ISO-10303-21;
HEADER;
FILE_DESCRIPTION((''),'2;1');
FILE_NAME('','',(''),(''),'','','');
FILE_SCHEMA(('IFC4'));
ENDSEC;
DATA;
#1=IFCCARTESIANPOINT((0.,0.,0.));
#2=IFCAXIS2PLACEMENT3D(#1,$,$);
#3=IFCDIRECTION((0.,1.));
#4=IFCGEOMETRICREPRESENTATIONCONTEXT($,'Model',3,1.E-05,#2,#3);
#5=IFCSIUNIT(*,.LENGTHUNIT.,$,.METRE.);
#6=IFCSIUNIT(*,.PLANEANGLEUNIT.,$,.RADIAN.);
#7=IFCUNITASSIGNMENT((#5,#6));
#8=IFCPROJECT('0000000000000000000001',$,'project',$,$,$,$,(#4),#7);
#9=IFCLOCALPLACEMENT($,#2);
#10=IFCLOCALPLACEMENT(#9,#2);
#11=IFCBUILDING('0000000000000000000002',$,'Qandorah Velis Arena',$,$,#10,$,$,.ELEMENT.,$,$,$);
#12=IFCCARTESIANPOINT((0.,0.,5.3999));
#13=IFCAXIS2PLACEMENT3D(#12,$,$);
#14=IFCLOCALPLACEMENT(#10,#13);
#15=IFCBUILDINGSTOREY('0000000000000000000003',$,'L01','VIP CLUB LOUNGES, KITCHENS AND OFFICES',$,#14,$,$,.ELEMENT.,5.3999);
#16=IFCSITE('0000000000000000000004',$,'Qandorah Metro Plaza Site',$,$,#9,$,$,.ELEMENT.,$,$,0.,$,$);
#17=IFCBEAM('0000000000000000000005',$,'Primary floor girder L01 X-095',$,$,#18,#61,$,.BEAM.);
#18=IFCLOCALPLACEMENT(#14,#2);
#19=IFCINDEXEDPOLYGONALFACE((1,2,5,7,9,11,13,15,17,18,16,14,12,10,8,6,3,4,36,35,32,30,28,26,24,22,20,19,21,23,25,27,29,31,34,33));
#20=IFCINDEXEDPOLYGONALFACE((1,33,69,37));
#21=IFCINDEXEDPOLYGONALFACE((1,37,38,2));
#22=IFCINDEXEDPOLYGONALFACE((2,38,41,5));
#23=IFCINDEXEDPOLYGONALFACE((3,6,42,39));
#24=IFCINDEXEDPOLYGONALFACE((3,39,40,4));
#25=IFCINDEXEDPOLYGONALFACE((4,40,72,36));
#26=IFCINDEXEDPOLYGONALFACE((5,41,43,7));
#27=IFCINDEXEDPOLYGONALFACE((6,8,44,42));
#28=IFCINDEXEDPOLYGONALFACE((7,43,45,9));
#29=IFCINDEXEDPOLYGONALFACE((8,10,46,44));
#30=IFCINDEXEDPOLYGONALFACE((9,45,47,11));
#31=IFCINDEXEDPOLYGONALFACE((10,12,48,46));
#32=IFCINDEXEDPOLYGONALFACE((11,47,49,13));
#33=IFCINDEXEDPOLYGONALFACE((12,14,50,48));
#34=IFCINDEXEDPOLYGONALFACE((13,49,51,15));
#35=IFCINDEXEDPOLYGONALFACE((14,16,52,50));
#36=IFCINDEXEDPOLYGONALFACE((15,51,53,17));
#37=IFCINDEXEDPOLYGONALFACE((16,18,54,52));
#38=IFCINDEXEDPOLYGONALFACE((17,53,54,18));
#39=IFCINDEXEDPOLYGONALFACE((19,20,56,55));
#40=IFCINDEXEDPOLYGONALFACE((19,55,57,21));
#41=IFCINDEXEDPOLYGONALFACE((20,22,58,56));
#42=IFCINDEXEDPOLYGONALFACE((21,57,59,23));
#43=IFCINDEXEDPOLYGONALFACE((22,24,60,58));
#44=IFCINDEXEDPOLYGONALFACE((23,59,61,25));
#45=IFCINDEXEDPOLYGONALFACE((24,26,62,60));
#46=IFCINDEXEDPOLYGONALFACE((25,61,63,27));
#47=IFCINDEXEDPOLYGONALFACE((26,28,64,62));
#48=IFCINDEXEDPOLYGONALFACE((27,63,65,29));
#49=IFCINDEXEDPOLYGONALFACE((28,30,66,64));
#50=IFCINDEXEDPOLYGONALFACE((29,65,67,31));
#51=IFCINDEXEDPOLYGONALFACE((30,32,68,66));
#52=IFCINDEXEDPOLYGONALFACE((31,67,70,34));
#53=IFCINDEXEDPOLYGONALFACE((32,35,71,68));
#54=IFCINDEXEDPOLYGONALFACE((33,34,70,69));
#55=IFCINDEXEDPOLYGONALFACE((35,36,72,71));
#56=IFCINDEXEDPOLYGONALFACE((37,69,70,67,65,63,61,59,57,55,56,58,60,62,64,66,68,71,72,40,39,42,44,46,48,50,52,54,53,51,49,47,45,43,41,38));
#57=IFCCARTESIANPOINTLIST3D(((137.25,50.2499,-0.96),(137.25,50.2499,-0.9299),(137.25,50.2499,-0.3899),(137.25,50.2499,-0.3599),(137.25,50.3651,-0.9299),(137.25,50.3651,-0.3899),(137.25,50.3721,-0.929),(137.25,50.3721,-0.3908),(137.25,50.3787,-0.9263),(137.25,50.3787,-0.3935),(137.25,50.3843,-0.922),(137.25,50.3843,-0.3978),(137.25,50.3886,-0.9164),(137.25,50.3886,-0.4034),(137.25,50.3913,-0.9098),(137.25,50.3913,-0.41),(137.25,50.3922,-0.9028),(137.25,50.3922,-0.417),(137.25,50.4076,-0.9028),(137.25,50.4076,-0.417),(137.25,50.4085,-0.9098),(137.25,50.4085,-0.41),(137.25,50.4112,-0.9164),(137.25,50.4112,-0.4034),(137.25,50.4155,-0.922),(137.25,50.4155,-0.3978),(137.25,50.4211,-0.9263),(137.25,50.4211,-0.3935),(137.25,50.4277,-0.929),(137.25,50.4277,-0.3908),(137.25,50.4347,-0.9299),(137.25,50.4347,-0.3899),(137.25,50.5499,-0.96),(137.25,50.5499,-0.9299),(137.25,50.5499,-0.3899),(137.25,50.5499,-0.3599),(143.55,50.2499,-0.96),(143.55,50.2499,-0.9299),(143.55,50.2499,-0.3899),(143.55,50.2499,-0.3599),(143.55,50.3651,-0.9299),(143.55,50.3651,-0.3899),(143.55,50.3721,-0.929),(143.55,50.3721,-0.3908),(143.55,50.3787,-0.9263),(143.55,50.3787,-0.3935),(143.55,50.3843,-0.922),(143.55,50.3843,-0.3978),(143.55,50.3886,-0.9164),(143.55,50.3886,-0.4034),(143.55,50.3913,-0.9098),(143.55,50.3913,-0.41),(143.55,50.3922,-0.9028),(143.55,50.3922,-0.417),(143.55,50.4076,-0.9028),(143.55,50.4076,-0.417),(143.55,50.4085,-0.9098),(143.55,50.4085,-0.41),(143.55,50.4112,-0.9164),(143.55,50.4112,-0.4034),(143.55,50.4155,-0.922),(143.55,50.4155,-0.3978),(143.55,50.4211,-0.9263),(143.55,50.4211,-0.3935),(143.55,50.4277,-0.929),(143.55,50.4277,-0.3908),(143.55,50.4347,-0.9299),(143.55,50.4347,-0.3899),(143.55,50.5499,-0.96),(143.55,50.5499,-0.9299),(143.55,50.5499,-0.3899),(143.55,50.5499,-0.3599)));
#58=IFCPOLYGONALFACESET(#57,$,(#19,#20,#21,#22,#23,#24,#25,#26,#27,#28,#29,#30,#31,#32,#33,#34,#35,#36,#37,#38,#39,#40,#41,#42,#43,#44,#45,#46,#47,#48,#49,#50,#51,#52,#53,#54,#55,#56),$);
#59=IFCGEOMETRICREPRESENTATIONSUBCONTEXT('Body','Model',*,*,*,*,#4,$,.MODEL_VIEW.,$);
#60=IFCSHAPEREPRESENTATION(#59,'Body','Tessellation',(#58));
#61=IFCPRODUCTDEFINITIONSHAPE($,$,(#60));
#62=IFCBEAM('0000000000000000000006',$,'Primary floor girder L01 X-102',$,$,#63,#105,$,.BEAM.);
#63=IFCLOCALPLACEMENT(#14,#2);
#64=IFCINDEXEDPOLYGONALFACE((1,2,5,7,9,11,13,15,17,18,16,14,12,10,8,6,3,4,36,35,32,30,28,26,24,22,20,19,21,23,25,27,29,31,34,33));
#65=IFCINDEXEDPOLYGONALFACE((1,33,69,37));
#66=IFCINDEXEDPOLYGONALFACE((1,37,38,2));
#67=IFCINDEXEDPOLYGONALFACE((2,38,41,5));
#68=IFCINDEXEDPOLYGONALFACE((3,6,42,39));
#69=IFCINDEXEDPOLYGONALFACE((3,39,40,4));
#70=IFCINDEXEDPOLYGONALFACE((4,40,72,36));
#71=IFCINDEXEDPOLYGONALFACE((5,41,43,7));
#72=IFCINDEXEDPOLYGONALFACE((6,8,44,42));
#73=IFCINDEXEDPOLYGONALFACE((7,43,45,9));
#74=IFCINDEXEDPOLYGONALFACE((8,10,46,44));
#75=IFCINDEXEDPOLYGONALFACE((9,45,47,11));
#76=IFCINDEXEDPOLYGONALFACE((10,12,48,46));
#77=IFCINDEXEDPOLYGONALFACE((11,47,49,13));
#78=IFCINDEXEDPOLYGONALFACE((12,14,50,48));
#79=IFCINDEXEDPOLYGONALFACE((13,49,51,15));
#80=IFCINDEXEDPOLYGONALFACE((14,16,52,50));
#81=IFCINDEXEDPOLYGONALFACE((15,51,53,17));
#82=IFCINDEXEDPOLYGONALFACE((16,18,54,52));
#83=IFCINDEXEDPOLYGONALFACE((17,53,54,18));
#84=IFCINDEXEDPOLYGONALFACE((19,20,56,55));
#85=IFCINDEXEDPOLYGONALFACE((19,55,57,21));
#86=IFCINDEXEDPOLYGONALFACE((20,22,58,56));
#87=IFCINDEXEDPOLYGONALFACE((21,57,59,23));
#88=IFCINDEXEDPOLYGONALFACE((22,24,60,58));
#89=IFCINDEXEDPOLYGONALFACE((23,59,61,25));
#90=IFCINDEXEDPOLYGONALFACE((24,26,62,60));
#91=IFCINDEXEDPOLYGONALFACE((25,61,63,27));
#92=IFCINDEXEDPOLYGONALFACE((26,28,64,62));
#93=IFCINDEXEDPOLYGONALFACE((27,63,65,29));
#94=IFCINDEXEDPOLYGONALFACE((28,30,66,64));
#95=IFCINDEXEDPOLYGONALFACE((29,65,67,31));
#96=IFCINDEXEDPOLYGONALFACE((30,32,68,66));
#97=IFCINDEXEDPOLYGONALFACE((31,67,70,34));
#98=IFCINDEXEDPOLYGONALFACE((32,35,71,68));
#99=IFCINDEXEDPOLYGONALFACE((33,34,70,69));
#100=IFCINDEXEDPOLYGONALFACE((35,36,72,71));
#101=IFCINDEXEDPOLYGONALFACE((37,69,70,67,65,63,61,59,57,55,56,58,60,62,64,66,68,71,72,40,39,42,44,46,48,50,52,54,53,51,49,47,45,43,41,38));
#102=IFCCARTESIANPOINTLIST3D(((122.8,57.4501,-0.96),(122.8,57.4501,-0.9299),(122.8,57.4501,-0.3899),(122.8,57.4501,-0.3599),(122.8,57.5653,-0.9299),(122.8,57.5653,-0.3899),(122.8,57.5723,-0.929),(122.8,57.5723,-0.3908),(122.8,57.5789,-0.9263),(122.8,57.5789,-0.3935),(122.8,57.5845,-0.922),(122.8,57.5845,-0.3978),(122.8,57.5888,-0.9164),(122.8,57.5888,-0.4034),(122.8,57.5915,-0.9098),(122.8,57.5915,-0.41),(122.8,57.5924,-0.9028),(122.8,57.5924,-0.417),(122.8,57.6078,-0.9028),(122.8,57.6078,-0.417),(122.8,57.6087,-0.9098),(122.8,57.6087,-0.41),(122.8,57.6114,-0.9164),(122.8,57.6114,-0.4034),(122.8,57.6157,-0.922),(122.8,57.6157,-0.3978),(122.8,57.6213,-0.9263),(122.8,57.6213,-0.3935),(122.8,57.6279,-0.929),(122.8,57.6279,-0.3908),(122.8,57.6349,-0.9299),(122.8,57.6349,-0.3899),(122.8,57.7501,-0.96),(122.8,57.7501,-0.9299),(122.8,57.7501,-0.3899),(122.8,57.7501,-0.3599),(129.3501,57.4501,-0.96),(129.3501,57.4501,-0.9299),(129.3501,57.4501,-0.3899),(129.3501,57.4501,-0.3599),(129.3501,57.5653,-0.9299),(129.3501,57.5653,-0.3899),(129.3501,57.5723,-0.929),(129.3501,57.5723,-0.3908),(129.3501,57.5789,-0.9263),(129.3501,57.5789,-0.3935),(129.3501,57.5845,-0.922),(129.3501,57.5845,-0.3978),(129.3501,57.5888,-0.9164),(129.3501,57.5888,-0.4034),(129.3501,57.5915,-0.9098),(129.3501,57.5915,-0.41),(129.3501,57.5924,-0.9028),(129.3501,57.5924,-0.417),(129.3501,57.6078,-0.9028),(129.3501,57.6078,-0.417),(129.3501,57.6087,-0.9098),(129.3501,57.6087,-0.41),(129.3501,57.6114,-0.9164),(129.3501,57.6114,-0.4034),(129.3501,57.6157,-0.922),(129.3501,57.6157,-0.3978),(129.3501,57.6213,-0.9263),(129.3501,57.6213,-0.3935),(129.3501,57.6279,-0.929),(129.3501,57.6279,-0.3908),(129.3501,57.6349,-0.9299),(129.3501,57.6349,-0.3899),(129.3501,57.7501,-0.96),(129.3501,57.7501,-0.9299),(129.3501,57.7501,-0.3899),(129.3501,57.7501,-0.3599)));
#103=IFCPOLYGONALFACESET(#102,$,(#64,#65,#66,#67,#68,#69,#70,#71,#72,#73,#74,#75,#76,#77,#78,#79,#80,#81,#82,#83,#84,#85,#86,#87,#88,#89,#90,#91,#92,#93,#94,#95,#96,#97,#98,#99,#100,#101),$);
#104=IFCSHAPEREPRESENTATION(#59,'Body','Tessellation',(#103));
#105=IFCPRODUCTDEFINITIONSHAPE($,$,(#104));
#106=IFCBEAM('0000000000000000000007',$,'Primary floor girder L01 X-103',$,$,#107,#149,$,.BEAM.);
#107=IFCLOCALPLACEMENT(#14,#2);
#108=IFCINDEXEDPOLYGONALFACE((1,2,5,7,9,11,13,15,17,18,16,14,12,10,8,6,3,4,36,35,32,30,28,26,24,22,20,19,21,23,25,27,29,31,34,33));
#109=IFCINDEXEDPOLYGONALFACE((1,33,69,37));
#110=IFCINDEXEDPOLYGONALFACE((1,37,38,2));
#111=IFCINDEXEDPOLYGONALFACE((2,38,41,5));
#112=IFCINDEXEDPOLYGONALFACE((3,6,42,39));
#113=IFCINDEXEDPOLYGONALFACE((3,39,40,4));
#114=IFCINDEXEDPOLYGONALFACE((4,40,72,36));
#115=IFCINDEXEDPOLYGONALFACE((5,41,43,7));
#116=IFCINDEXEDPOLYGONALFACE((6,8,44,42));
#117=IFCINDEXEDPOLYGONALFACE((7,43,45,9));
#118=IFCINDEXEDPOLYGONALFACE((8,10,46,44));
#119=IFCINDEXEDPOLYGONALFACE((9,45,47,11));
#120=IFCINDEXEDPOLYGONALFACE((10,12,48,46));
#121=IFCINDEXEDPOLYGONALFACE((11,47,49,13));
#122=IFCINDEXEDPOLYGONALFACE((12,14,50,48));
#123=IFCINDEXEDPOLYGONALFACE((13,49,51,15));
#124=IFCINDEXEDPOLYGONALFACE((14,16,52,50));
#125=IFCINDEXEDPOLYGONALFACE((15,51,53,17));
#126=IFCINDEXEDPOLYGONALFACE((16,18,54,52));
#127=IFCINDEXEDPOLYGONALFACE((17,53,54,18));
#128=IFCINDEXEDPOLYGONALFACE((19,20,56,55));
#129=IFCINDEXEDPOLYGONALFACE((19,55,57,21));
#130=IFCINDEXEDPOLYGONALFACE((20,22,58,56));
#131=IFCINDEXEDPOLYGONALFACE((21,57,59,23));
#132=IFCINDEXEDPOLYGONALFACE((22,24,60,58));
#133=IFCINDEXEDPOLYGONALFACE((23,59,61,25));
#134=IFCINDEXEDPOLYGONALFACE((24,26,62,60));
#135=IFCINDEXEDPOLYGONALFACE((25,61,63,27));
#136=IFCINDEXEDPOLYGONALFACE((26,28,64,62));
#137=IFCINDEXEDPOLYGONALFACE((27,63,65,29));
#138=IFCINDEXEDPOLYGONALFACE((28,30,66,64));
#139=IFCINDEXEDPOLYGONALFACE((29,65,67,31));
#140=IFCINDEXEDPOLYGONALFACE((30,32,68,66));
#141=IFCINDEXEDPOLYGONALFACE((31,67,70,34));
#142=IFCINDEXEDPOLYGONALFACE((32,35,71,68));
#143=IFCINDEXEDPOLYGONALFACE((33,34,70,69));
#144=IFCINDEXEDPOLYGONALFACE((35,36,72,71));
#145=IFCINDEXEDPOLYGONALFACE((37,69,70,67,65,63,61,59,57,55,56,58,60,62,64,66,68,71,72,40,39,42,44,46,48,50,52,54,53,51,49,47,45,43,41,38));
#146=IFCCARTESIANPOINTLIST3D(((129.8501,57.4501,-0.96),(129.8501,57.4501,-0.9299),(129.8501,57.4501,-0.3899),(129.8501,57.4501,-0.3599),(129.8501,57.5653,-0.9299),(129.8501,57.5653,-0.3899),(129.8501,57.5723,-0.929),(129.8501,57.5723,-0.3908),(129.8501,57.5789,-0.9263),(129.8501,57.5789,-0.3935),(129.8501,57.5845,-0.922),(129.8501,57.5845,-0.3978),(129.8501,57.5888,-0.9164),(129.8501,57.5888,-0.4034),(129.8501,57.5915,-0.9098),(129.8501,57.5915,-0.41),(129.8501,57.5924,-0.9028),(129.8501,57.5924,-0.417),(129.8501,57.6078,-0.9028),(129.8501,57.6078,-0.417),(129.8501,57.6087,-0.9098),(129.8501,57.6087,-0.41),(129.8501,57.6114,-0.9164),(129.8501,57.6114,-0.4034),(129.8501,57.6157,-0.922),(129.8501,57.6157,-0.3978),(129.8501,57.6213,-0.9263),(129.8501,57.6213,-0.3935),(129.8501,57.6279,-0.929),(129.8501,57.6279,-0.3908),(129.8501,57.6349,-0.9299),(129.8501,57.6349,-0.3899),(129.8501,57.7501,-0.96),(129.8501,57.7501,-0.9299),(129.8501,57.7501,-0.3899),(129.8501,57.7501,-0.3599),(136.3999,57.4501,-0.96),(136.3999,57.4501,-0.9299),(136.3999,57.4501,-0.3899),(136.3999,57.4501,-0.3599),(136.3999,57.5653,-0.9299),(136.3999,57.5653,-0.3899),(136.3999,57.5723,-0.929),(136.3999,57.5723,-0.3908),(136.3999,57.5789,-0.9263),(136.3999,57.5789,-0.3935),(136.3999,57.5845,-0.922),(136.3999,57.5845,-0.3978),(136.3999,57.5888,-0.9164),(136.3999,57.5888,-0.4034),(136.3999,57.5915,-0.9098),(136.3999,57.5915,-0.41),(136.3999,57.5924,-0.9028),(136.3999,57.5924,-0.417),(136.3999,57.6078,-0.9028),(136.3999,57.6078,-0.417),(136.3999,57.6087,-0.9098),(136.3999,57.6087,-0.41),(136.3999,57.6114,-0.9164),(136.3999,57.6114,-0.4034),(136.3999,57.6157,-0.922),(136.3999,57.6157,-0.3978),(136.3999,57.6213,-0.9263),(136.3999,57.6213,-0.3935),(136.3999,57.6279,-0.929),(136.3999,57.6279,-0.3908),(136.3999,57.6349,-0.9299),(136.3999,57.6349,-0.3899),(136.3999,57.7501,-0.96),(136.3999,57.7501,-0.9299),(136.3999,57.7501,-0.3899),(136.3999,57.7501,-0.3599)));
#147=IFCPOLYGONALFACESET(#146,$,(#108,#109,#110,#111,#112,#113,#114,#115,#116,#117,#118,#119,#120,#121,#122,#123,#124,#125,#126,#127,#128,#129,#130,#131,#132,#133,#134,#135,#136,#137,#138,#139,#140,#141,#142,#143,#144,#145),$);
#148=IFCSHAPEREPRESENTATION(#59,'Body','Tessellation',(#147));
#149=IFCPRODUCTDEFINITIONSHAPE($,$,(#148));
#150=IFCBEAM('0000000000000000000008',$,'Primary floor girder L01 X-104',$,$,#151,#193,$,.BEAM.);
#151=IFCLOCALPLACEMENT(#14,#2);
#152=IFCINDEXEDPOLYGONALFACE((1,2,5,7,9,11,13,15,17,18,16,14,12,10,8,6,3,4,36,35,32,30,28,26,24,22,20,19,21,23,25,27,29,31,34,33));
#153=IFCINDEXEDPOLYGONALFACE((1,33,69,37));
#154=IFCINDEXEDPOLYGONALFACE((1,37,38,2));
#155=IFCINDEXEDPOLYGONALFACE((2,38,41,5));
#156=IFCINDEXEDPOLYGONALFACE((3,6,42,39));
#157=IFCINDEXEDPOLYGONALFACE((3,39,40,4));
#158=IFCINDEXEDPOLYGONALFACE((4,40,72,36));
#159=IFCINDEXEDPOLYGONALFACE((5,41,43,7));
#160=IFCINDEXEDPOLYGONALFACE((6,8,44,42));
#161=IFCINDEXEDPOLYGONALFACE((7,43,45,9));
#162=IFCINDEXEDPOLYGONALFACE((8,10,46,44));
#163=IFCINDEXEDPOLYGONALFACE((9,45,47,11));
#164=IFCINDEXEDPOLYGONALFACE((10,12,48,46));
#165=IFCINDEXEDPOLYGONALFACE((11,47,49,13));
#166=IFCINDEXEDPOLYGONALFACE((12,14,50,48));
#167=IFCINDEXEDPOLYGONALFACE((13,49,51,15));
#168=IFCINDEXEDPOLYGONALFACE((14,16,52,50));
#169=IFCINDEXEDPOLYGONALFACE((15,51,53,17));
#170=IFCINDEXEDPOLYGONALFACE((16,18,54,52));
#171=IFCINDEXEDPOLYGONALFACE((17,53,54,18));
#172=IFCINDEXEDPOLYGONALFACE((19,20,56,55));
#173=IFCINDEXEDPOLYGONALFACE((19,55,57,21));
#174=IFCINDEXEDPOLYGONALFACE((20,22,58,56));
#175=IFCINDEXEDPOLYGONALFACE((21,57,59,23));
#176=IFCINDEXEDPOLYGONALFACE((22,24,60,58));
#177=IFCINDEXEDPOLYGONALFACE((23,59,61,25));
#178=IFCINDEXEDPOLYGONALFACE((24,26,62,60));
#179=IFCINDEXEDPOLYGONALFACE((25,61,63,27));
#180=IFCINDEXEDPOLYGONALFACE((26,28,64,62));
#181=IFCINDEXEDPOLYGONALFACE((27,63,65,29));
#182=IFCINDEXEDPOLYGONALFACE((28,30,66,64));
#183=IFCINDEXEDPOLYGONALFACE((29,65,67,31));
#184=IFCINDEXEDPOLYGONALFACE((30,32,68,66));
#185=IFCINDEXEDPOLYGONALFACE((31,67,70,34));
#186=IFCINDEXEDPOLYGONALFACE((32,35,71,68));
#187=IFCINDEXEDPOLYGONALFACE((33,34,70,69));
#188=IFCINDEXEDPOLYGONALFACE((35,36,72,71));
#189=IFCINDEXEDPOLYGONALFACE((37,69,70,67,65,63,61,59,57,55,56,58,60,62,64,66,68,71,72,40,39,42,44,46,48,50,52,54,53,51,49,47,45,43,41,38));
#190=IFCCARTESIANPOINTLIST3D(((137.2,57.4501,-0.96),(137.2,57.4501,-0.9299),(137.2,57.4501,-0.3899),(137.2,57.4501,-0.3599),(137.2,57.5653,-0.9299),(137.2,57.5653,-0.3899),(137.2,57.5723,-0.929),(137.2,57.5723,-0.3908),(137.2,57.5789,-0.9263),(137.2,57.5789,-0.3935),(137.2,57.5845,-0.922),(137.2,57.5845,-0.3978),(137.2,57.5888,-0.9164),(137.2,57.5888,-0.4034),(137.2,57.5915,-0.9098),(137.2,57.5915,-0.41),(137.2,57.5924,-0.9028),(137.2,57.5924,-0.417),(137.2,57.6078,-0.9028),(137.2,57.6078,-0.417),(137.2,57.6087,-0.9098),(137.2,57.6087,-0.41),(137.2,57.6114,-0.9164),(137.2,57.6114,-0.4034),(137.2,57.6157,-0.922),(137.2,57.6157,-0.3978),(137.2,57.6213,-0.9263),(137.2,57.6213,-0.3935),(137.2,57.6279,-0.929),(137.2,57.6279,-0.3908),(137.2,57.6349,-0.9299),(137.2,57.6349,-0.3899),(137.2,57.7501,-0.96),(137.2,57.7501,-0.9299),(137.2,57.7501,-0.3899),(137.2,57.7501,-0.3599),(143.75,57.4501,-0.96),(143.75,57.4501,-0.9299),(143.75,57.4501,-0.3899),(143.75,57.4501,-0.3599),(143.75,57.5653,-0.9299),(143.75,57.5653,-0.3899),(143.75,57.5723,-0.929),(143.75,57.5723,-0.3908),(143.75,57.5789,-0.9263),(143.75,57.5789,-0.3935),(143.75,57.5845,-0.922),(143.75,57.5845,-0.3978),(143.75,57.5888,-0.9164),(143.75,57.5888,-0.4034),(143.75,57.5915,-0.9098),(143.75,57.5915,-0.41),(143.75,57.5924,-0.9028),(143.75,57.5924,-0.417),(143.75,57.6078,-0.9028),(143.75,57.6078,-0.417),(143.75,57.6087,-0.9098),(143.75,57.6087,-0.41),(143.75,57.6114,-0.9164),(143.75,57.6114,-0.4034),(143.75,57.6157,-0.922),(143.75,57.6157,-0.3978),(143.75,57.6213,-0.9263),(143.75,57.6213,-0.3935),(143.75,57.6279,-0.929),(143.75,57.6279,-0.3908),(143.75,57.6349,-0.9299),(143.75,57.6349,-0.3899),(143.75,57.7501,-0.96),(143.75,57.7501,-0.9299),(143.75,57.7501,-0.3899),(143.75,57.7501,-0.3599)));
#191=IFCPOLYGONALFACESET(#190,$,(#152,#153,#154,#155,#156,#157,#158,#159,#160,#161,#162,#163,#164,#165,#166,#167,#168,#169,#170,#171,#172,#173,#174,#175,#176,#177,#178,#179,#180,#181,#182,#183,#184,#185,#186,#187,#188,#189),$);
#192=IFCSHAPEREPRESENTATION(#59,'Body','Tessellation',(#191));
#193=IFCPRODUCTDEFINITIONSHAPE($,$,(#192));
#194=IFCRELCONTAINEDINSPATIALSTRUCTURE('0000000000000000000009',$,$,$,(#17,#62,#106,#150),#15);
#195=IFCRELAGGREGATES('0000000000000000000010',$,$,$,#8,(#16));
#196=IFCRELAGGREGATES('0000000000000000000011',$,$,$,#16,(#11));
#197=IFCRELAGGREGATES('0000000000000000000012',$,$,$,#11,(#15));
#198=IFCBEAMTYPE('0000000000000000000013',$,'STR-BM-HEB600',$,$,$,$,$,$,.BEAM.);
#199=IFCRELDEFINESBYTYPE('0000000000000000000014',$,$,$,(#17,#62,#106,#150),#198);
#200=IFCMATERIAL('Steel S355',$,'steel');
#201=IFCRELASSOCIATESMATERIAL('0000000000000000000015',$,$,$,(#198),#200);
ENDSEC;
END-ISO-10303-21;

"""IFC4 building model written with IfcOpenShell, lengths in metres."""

from ifc_helpers import new_model, si_unit, direction, frame, origin, origin_2d, place, context, subcontext, project, spatial, i_section, extrude, material, material_profile, profile_set, type_object, element, save


model = new_model("IFC4")

# Units and contexts
model_context = context("Model", 3, precision=1e-05, world=origin(), true_north=direction((0.0, 1.0)))
body_context = subcontext(model_context, "Body", "Model", "MODEL_VIEW")
ifc_project = project(units=[si_unit("LENGTHUNIT", "METRE"), si_unit("PLANEANGLEUNIT", "RADIAN")], contexts=[model_context])

# Site, building, storey
site_placement = place(None, origin())
site = spatial("IfcSite", under=ifc_project, at=site_placement, Name="Qandorah Metro Plaza Site", CompositionType="ELEMENT", RefElevation=0.0)
building_placement = place(site_placement, origin())
building = spatial("IfcBuilding", under=site, at=building_placement, Name="Qandorah Velis Arena", CompositionType="ELEMENT")
storey_placement = place(building_placement, frame((0.0, 0.0, 5.3999)))
storey = spatial("IfcBuildingStorey", under=building, at=storey_placement, Name="L01", Description="VIP CLUB LOUNGES, KITCHENS AND OFFICES", CompositionType="ELEMENT", Elevation=5.3999)

# Beams
ifc_material_1 = material(Name="Steel S355", Category="steel")
ifc_material_profile_1 = material_profile(ifc_material_1, i_section(OverallWidth=0.3, OverallDepth=0.6001, WebThickness=0.0154, FlangeThickness=0.03, FilletRadius=0.0271, at=origin_2d()), Name="HEB 600")
ifc_profile_set_1 = profile_set([ifc_material_profile_1], Name="Steel S355")
beam_type_1 = type_object("IfcBeamType", Name="STR-BM-HEB600", PredefinedType="BEAM", material=ifc_profile_set_1)
for number, where, z_axis, x_axis, name in (
    (1, (137.25, 50.3999, -0.6599), (1.0, 0.0, 0.0), (0.0, 1.0, 0.0), "Primary floor girder L01 X-095"),
):
    element("IfcBeam", number, at=place(storey_placement, frame(where, z_axis=z_axis, x_axis=x_axis)), inside=storey, type_object=beam_type_1, Name=name, PredefinedType="BEAM", context=body_context, shape_type="SweptSolid", body=[
        extrude(i_section(OverallWidth=0.3, OverallDepth=0.6001, WebThickness=0.0154, FlangeThickness=0.03, FilletRadius=0.0271, at=origin_2d()), origin(), (0.0, 0.0, 1.0), 6.3),
    ])
beam_1_placement = place(storey_placement, frame((122.8, 57.6001, -0.6599), z_axis=(1.0, 0.0, 0.0), x_axis=(0.0, 1.0, 0.0)))
element("IfcBeam", 2, at=beam_1_placement, inside=storey, type_object=beam_type_1, Name="Primary floor girder L01 X-102", PredefinedType="BEAM", context=body_context, shape_type="SweptSolid", body=[
    extrude(i_section(OverallWidth=0.3, OverallDepth=0.6001, WebThickness=0.0154, FlangeThickness=0.03, FilletRadius=0.0271, at=origin_2d()), origin(), (0.0, 0.0, 1.0), 6.55),
])
beam_2_placement = place(storey_placement, frame((129.8501, 57.6001, -0.6599), z_axis=(1.0, 0.0, 0.0), x_axis=(0.0, 1.0, 0.0)))
element("IfcBeam", 3, at=beam_2_placement, inside=storey, type_object=beam_type_1, Name="Primary floor girder L01 X-103", PredefinedType="BEAM", context=body_context, shape_type="SweptSolid", body=[
    extrude(i_section(OverallWidth=0.3, OverallDepth=0.6001, WebThickness=0.0154, FlangeThickness=0.03, FilletRadius=0.0271, at=origin_2d()), origin(), (0.0, 0.0, 1.0), 6.5498),
])
beam_3_placement = place(storey_placement, frame((137.2, 57.6001, -0.6599), z_axis=(1.0, 0.0, 0.0), x_axis=(0.0, 1.0, 0.0)))
element("IfcBeam", 4, at=beam_3_placement, inside=storey, type_object=beam_type_1, Name="Primary floor girder L01 X-104", PredefinedType="BEAM", context=body_context, shape_type="SweptSolid", body=[
    extrude(i_section(OverallWidth=0.3, OverallDepth=0.6001, WebThickness=0.0154, FlangeThickness=0.03, FilletRadius=0.0271, at=origin_2d()), origin(), (0.0, 0.0, 1.0), 6.55),
])

save(model, "model.ifc")
